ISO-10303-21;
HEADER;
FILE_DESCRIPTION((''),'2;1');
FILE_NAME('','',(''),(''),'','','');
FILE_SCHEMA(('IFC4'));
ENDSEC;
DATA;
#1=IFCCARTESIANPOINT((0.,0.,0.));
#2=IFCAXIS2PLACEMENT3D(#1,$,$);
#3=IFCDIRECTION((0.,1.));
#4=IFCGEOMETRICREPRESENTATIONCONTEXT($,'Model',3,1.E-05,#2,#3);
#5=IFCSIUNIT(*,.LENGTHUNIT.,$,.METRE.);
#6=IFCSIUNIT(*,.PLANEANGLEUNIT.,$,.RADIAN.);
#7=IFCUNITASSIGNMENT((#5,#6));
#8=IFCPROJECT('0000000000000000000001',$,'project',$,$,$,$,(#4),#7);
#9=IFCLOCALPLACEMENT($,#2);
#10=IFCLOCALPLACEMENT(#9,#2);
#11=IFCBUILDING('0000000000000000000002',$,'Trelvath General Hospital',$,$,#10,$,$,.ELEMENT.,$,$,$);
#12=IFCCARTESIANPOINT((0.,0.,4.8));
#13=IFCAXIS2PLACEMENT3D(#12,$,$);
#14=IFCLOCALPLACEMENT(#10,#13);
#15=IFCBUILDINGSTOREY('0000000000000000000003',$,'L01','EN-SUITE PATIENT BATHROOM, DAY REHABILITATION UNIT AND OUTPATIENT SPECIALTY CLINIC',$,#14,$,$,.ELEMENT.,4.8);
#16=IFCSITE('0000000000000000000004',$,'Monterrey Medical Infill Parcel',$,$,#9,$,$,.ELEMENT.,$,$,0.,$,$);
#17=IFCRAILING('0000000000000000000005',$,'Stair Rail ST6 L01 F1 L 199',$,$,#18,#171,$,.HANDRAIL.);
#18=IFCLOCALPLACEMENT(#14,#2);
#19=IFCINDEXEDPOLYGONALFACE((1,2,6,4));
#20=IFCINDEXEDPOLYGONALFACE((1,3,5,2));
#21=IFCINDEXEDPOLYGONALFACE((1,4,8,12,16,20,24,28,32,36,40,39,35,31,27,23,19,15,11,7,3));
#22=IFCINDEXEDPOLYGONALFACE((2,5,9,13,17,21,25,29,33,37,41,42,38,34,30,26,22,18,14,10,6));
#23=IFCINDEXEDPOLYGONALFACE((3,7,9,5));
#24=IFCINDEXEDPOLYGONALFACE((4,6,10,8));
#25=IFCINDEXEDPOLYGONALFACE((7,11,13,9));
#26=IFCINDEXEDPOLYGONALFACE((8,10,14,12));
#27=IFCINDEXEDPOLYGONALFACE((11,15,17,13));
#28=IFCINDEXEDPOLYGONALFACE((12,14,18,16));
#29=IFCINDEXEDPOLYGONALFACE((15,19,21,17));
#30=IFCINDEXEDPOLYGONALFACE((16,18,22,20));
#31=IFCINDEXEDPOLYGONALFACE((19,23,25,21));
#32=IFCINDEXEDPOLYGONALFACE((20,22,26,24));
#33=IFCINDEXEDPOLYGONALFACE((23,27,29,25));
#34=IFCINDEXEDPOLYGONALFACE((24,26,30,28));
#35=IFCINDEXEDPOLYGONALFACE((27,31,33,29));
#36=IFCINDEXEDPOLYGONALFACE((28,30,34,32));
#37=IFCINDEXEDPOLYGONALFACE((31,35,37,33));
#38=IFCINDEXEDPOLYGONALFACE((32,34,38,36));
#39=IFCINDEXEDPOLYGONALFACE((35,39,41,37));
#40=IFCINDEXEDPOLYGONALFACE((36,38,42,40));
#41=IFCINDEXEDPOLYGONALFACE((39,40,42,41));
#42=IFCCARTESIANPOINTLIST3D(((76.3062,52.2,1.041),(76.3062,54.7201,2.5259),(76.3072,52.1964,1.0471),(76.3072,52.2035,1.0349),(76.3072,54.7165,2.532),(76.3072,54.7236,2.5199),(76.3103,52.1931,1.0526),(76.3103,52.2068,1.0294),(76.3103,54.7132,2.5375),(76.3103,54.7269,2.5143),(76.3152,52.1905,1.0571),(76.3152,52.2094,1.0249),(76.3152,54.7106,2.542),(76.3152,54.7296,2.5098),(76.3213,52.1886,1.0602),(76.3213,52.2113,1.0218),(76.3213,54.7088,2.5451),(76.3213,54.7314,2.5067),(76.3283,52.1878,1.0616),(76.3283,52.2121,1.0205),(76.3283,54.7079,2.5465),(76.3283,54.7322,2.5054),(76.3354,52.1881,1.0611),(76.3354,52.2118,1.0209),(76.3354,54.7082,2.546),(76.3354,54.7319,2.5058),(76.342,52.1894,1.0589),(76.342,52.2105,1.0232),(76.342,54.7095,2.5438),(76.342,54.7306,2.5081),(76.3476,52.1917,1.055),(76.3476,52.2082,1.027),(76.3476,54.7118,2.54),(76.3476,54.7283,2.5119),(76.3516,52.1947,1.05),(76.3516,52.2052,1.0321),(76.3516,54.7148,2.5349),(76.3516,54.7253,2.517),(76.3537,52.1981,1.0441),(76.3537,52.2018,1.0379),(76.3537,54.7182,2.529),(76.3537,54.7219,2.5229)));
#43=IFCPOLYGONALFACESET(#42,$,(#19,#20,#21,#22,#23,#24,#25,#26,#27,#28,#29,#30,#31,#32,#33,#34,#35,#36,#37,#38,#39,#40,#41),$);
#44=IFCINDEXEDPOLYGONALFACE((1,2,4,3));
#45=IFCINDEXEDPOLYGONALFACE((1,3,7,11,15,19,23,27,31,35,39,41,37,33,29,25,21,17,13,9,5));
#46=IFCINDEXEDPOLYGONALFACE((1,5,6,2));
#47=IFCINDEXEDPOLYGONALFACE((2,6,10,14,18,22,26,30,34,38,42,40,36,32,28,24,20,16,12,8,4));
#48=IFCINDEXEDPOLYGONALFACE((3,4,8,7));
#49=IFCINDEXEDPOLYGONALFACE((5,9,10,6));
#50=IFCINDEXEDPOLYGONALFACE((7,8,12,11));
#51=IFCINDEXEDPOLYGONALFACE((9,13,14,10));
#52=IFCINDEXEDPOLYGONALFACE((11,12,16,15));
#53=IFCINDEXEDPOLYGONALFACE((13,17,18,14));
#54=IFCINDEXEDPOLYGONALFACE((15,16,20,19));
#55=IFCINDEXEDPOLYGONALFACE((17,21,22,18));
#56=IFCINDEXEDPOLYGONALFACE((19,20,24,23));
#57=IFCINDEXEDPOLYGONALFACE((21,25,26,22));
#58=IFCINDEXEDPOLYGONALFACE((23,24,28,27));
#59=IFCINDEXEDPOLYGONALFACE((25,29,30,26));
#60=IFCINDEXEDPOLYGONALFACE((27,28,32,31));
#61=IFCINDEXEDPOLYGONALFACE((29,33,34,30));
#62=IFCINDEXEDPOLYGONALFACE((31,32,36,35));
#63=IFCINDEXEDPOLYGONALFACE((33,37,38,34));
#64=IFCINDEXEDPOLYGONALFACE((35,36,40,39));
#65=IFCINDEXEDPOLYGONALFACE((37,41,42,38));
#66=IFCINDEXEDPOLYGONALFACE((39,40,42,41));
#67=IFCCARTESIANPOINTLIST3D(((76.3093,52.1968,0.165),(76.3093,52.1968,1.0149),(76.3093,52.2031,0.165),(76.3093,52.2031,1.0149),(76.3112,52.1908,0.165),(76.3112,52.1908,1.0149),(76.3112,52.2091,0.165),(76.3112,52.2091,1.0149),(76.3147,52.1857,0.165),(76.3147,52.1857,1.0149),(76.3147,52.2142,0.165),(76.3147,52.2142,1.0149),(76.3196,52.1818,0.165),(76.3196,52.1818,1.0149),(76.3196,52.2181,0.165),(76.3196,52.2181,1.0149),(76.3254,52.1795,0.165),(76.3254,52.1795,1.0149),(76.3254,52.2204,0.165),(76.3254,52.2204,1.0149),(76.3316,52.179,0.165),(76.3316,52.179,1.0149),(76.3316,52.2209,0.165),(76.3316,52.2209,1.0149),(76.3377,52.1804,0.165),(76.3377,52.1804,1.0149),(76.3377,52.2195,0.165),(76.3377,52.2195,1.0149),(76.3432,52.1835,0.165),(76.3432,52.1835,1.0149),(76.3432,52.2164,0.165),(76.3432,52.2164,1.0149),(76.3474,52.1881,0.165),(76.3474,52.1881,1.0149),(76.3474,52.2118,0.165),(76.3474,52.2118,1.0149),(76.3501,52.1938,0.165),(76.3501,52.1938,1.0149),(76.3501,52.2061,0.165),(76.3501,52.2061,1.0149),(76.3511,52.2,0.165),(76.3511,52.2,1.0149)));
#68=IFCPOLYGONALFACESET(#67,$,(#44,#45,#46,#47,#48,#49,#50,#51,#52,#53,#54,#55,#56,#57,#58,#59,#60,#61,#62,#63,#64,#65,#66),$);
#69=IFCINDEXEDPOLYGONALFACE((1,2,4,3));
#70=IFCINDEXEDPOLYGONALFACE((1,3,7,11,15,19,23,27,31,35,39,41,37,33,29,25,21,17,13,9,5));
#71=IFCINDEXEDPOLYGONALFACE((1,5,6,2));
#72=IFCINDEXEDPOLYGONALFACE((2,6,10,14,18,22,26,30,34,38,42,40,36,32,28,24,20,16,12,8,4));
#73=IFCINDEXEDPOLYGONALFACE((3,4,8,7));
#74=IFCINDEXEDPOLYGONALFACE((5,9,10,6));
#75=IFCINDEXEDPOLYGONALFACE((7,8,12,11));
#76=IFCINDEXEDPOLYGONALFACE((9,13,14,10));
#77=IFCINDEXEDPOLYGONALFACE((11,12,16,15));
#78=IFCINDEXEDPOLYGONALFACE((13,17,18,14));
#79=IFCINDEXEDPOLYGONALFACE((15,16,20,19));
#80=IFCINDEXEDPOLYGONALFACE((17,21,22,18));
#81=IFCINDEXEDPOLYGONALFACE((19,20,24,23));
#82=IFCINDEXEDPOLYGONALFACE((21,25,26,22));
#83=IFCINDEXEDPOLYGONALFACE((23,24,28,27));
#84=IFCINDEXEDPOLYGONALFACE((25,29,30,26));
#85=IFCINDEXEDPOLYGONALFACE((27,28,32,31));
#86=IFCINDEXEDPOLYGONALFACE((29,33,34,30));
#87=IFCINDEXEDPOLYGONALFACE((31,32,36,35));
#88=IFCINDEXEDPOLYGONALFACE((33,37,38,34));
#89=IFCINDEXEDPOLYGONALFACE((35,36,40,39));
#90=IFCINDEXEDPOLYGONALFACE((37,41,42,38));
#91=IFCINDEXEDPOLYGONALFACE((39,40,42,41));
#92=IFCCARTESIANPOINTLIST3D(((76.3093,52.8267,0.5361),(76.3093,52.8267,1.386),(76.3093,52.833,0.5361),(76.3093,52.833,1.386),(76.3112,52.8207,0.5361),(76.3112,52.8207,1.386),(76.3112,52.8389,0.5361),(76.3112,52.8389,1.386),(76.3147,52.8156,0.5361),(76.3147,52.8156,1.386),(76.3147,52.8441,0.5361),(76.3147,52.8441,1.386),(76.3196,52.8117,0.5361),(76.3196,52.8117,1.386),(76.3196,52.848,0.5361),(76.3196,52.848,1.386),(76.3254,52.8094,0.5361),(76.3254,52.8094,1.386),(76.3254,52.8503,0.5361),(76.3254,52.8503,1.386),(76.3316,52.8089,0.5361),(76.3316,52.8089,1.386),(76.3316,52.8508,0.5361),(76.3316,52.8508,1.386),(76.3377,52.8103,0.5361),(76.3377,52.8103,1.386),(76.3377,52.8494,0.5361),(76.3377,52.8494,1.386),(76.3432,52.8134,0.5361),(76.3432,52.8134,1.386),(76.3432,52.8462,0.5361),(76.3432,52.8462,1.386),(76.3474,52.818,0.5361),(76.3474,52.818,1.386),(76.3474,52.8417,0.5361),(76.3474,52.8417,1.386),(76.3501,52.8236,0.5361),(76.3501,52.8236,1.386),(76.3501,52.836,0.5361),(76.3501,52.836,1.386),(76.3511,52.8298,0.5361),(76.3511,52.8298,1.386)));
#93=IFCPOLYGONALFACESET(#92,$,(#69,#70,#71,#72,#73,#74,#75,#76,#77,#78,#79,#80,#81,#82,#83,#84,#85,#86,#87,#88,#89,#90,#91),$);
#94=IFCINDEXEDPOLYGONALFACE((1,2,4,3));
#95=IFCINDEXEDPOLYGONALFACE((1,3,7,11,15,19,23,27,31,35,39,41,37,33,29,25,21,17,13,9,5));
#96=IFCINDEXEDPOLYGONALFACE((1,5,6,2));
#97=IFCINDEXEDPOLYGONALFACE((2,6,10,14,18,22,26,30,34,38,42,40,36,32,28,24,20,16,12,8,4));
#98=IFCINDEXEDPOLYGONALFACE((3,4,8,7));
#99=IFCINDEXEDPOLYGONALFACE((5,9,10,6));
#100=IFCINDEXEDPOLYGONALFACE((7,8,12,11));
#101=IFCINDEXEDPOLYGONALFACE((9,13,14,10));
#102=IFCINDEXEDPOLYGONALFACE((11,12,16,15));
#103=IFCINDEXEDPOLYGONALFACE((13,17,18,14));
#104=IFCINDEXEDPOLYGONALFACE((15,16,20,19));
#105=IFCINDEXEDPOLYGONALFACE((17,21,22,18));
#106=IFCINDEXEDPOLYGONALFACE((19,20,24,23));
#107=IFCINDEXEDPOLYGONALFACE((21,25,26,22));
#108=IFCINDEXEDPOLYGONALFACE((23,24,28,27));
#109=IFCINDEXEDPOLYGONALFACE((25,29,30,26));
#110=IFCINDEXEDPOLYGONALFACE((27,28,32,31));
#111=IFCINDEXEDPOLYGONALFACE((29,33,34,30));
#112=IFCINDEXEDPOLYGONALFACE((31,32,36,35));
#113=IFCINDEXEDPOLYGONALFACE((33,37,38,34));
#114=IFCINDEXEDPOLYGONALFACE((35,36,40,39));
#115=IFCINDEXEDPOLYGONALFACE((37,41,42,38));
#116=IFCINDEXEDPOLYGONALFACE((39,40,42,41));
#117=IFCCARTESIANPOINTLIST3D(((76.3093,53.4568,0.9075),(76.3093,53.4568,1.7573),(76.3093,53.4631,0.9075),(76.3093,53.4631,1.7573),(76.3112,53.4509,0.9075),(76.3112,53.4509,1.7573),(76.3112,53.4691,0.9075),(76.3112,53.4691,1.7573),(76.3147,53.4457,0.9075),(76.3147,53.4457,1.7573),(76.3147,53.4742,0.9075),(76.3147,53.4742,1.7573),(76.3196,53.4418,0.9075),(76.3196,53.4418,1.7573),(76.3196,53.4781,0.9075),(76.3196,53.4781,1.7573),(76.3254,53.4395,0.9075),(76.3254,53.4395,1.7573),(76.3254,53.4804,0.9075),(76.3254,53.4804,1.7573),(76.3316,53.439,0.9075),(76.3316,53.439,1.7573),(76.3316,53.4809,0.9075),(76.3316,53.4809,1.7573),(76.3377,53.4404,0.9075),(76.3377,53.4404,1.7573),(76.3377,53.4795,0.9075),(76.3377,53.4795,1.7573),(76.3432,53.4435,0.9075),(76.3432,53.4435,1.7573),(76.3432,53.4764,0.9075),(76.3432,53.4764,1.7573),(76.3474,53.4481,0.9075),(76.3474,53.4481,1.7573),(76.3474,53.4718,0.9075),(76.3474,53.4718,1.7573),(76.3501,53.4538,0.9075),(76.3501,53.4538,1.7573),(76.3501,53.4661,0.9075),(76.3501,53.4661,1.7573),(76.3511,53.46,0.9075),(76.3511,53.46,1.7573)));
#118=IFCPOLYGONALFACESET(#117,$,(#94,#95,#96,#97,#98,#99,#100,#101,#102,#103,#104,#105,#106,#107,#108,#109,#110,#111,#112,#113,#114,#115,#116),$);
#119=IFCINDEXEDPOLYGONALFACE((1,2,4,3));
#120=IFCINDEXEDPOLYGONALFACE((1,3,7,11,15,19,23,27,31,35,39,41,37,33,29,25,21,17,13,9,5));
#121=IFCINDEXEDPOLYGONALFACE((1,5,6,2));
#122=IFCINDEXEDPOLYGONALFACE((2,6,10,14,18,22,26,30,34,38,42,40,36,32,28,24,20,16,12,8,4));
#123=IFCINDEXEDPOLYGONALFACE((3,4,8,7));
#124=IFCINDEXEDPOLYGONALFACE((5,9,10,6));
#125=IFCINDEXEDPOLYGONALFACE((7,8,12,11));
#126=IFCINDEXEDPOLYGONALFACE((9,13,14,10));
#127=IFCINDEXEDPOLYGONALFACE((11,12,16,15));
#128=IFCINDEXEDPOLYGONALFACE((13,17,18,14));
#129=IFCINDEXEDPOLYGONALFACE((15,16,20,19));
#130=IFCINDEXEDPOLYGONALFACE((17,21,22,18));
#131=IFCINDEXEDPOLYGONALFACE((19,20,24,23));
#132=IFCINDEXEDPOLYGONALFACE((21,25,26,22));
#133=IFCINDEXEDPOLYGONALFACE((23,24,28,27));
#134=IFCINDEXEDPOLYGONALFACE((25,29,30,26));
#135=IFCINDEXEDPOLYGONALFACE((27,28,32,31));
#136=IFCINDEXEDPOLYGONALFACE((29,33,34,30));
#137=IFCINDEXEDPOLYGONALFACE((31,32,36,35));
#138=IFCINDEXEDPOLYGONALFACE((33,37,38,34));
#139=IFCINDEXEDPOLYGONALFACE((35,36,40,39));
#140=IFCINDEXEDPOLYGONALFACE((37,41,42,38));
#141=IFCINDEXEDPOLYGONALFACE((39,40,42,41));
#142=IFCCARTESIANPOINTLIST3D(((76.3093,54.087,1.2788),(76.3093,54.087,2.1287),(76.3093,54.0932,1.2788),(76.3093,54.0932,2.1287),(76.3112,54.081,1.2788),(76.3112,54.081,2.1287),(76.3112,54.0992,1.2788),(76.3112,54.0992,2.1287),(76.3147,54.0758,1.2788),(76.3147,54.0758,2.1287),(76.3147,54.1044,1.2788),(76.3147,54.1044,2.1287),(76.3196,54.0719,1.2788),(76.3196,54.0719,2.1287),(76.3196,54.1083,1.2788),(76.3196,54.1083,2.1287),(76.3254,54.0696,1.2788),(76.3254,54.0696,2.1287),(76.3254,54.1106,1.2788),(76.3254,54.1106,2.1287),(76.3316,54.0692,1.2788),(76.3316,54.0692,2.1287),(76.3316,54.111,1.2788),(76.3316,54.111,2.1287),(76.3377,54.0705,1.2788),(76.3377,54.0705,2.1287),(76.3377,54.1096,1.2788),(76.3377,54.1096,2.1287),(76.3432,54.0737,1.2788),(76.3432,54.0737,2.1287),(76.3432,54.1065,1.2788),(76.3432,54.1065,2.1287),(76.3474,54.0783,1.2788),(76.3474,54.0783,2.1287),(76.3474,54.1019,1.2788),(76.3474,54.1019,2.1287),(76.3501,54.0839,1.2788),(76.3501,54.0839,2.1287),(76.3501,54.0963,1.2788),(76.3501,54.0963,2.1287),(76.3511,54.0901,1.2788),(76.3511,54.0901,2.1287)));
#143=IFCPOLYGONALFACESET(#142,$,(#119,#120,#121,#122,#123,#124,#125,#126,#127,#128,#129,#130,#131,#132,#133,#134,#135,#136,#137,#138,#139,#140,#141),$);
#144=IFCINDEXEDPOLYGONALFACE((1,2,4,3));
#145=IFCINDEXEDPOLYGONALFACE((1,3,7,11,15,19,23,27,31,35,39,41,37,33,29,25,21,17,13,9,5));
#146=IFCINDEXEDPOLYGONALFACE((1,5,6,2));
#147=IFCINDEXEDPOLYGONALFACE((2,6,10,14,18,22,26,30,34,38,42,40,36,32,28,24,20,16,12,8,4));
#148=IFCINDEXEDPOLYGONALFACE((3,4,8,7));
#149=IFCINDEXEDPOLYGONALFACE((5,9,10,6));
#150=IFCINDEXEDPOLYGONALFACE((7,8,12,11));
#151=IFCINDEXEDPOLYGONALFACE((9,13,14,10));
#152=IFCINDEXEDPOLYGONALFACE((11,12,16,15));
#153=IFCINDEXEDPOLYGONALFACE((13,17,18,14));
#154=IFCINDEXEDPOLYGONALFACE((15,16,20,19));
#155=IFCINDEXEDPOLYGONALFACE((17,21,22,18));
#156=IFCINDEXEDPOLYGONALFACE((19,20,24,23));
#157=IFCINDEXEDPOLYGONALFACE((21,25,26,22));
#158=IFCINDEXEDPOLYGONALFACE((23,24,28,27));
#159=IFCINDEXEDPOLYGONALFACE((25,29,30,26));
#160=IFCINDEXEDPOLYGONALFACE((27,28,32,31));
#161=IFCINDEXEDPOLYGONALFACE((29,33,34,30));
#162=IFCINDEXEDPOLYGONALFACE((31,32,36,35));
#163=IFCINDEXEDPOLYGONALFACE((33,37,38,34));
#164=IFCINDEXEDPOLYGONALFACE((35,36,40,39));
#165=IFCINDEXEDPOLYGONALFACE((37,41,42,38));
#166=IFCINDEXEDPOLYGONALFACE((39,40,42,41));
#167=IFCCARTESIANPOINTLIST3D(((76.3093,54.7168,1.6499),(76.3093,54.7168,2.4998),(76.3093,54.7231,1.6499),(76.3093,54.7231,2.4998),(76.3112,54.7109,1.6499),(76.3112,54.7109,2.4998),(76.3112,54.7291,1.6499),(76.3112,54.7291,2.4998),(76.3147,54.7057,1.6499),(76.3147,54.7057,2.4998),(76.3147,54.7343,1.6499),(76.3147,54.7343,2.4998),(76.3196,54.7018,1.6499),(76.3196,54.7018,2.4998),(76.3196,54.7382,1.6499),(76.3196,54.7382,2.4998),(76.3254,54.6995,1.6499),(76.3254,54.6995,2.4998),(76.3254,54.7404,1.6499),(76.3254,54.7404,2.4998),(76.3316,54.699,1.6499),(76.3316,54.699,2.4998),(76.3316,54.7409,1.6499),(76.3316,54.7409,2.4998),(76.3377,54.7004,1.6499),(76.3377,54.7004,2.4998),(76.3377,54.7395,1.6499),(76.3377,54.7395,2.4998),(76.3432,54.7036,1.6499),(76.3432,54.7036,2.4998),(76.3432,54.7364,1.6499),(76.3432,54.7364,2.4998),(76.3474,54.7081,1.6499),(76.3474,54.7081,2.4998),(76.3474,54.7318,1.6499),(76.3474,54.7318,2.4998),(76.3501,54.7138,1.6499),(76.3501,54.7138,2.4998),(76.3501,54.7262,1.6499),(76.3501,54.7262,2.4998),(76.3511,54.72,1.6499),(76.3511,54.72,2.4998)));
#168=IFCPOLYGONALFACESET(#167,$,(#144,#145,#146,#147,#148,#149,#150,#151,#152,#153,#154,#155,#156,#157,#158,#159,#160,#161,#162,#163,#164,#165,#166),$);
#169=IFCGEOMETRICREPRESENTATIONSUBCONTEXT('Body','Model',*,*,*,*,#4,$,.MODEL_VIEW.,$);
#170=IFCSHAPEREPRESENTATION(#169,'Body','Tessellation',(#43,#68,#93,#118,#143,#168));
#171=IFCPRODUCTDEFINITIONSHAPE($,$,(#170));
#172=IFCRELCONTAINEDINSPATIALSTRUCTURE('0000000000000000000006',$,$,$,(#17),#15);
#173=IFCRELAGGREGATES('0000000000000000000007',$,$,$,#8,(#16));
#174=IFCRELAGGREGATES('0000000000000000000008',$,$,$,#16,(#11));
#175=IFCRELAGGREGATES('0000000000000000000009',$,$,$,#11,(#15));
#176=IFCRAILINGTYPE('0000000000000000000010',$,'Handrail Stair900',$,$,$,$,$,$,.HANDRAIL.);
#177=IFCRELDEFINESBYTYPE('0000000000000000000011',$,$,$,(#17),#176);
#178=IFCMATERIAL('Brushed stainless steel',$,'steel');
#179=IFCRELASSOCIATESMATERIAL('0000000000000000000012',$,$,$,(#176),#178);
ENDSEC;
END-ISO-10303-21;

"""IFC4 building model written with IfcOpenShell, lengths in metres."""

from ifc_helpers import new_model, si_unit, direction, frame, origin, origin_2d, place, context, subcontext, project, spatial, circle, extrude, material, type_object, element, save


model = new_model("IFC4")

# Units and contexts
model_context = context("Model", 3, precision=1e-05, world=origin(), true_north=direction((0.0, 1.0)))
body_context = subcontext(model_context, "Body", "Model", "MODEL_VIEW")
ifc_project = project(units=[si_unit("LENGTHUNIT", "METRE"), si_unit("PLANEANGLEUNIT", "RADIAN")], contexts=[model_context])

# Site, building, storey
site_placement = place(None, origin())
site = spatial("IfcSite", under=ifc_project, at=site_placement, Name="Monterrey Medical Infill Parcel", CompositionType="ELEMENT", RefElevation=0.0)
building_placement = place(site_placement, origin())
building = spatial("IfcBuilding", under=site, at=building_placement, Name="Trelvath General Hospital", CompositionType="ELEMENT")
storey_placement = place(building_placement, frame((0.0, 0.0, 4.8)))
storey = spatial("IfcBuildingStorey", under=building, at=storey_placement, Name="L01", Description="EN-SUITE PATIENT BATHROOM, DAY REHABILITATION UNIT AND OUTPATIENT SPECIALTY CLINIC", CompositionType="ELEMENT", Elevation=4.8)

# Railing
ifc_material_1 = material(Name="Brushed stainless steel", Category="steel")
railing_type_1 = type_object("IfcRailingType", Name="Handrail Stair900", PredefinedType="HANDRAIL", material=ifc_material_1)
railing_1_placement = place(storey_placement, frame((76.3301, 52.2, 0.165)))
element("IfcRailing", 1, at=railing_1_placement, inside=storey, type_object=railing_type_1, Name="Stair Rail ST6 L01 F1 L 199", PredefinedType="HANDRAIL", context=body_context, shape_type="SweptSolid", body=[
    extrude(circle(Radius=0.0239, at=origin_2d()), frame((0.0, 0.0, 0.876), z_axis=(0.0, 0.861561, 0.507655), x_axis=(-1.0, 0.0, 0.0)), (0.0, 0.0, 1.0), 2.925),
    extrude(circle(Radius=0.021, at=origin_2d()), origin(), (0.0, 0.0, 1.0), 0.8499),
    extrude(circle(Radius=0.021, at=origin_2d()), frame((0.0, 0.6299, 0.3711)), (0.0, 0.0, 1.0), 0.8499),
    extrude(circle(Radius=0.021, at=origin_2d()), frame((0.0, 1.26, 0.7424)), (0.0, 0.0, 1.0), 0.8499),
    extrude(circle(Radius=0.021, at=origin_2d()), frame((0.0, 1.8901, 1.1138)), (0.0, 0.0, 1.0), 0.8499),
    extrude(circle(Radius=0.021, at=origin_2d()), frame((0.0, 2.52, 1.4849)), (0.0, 0.0, 1.0), 0.8499),
])

save(model, "model.ifc")
